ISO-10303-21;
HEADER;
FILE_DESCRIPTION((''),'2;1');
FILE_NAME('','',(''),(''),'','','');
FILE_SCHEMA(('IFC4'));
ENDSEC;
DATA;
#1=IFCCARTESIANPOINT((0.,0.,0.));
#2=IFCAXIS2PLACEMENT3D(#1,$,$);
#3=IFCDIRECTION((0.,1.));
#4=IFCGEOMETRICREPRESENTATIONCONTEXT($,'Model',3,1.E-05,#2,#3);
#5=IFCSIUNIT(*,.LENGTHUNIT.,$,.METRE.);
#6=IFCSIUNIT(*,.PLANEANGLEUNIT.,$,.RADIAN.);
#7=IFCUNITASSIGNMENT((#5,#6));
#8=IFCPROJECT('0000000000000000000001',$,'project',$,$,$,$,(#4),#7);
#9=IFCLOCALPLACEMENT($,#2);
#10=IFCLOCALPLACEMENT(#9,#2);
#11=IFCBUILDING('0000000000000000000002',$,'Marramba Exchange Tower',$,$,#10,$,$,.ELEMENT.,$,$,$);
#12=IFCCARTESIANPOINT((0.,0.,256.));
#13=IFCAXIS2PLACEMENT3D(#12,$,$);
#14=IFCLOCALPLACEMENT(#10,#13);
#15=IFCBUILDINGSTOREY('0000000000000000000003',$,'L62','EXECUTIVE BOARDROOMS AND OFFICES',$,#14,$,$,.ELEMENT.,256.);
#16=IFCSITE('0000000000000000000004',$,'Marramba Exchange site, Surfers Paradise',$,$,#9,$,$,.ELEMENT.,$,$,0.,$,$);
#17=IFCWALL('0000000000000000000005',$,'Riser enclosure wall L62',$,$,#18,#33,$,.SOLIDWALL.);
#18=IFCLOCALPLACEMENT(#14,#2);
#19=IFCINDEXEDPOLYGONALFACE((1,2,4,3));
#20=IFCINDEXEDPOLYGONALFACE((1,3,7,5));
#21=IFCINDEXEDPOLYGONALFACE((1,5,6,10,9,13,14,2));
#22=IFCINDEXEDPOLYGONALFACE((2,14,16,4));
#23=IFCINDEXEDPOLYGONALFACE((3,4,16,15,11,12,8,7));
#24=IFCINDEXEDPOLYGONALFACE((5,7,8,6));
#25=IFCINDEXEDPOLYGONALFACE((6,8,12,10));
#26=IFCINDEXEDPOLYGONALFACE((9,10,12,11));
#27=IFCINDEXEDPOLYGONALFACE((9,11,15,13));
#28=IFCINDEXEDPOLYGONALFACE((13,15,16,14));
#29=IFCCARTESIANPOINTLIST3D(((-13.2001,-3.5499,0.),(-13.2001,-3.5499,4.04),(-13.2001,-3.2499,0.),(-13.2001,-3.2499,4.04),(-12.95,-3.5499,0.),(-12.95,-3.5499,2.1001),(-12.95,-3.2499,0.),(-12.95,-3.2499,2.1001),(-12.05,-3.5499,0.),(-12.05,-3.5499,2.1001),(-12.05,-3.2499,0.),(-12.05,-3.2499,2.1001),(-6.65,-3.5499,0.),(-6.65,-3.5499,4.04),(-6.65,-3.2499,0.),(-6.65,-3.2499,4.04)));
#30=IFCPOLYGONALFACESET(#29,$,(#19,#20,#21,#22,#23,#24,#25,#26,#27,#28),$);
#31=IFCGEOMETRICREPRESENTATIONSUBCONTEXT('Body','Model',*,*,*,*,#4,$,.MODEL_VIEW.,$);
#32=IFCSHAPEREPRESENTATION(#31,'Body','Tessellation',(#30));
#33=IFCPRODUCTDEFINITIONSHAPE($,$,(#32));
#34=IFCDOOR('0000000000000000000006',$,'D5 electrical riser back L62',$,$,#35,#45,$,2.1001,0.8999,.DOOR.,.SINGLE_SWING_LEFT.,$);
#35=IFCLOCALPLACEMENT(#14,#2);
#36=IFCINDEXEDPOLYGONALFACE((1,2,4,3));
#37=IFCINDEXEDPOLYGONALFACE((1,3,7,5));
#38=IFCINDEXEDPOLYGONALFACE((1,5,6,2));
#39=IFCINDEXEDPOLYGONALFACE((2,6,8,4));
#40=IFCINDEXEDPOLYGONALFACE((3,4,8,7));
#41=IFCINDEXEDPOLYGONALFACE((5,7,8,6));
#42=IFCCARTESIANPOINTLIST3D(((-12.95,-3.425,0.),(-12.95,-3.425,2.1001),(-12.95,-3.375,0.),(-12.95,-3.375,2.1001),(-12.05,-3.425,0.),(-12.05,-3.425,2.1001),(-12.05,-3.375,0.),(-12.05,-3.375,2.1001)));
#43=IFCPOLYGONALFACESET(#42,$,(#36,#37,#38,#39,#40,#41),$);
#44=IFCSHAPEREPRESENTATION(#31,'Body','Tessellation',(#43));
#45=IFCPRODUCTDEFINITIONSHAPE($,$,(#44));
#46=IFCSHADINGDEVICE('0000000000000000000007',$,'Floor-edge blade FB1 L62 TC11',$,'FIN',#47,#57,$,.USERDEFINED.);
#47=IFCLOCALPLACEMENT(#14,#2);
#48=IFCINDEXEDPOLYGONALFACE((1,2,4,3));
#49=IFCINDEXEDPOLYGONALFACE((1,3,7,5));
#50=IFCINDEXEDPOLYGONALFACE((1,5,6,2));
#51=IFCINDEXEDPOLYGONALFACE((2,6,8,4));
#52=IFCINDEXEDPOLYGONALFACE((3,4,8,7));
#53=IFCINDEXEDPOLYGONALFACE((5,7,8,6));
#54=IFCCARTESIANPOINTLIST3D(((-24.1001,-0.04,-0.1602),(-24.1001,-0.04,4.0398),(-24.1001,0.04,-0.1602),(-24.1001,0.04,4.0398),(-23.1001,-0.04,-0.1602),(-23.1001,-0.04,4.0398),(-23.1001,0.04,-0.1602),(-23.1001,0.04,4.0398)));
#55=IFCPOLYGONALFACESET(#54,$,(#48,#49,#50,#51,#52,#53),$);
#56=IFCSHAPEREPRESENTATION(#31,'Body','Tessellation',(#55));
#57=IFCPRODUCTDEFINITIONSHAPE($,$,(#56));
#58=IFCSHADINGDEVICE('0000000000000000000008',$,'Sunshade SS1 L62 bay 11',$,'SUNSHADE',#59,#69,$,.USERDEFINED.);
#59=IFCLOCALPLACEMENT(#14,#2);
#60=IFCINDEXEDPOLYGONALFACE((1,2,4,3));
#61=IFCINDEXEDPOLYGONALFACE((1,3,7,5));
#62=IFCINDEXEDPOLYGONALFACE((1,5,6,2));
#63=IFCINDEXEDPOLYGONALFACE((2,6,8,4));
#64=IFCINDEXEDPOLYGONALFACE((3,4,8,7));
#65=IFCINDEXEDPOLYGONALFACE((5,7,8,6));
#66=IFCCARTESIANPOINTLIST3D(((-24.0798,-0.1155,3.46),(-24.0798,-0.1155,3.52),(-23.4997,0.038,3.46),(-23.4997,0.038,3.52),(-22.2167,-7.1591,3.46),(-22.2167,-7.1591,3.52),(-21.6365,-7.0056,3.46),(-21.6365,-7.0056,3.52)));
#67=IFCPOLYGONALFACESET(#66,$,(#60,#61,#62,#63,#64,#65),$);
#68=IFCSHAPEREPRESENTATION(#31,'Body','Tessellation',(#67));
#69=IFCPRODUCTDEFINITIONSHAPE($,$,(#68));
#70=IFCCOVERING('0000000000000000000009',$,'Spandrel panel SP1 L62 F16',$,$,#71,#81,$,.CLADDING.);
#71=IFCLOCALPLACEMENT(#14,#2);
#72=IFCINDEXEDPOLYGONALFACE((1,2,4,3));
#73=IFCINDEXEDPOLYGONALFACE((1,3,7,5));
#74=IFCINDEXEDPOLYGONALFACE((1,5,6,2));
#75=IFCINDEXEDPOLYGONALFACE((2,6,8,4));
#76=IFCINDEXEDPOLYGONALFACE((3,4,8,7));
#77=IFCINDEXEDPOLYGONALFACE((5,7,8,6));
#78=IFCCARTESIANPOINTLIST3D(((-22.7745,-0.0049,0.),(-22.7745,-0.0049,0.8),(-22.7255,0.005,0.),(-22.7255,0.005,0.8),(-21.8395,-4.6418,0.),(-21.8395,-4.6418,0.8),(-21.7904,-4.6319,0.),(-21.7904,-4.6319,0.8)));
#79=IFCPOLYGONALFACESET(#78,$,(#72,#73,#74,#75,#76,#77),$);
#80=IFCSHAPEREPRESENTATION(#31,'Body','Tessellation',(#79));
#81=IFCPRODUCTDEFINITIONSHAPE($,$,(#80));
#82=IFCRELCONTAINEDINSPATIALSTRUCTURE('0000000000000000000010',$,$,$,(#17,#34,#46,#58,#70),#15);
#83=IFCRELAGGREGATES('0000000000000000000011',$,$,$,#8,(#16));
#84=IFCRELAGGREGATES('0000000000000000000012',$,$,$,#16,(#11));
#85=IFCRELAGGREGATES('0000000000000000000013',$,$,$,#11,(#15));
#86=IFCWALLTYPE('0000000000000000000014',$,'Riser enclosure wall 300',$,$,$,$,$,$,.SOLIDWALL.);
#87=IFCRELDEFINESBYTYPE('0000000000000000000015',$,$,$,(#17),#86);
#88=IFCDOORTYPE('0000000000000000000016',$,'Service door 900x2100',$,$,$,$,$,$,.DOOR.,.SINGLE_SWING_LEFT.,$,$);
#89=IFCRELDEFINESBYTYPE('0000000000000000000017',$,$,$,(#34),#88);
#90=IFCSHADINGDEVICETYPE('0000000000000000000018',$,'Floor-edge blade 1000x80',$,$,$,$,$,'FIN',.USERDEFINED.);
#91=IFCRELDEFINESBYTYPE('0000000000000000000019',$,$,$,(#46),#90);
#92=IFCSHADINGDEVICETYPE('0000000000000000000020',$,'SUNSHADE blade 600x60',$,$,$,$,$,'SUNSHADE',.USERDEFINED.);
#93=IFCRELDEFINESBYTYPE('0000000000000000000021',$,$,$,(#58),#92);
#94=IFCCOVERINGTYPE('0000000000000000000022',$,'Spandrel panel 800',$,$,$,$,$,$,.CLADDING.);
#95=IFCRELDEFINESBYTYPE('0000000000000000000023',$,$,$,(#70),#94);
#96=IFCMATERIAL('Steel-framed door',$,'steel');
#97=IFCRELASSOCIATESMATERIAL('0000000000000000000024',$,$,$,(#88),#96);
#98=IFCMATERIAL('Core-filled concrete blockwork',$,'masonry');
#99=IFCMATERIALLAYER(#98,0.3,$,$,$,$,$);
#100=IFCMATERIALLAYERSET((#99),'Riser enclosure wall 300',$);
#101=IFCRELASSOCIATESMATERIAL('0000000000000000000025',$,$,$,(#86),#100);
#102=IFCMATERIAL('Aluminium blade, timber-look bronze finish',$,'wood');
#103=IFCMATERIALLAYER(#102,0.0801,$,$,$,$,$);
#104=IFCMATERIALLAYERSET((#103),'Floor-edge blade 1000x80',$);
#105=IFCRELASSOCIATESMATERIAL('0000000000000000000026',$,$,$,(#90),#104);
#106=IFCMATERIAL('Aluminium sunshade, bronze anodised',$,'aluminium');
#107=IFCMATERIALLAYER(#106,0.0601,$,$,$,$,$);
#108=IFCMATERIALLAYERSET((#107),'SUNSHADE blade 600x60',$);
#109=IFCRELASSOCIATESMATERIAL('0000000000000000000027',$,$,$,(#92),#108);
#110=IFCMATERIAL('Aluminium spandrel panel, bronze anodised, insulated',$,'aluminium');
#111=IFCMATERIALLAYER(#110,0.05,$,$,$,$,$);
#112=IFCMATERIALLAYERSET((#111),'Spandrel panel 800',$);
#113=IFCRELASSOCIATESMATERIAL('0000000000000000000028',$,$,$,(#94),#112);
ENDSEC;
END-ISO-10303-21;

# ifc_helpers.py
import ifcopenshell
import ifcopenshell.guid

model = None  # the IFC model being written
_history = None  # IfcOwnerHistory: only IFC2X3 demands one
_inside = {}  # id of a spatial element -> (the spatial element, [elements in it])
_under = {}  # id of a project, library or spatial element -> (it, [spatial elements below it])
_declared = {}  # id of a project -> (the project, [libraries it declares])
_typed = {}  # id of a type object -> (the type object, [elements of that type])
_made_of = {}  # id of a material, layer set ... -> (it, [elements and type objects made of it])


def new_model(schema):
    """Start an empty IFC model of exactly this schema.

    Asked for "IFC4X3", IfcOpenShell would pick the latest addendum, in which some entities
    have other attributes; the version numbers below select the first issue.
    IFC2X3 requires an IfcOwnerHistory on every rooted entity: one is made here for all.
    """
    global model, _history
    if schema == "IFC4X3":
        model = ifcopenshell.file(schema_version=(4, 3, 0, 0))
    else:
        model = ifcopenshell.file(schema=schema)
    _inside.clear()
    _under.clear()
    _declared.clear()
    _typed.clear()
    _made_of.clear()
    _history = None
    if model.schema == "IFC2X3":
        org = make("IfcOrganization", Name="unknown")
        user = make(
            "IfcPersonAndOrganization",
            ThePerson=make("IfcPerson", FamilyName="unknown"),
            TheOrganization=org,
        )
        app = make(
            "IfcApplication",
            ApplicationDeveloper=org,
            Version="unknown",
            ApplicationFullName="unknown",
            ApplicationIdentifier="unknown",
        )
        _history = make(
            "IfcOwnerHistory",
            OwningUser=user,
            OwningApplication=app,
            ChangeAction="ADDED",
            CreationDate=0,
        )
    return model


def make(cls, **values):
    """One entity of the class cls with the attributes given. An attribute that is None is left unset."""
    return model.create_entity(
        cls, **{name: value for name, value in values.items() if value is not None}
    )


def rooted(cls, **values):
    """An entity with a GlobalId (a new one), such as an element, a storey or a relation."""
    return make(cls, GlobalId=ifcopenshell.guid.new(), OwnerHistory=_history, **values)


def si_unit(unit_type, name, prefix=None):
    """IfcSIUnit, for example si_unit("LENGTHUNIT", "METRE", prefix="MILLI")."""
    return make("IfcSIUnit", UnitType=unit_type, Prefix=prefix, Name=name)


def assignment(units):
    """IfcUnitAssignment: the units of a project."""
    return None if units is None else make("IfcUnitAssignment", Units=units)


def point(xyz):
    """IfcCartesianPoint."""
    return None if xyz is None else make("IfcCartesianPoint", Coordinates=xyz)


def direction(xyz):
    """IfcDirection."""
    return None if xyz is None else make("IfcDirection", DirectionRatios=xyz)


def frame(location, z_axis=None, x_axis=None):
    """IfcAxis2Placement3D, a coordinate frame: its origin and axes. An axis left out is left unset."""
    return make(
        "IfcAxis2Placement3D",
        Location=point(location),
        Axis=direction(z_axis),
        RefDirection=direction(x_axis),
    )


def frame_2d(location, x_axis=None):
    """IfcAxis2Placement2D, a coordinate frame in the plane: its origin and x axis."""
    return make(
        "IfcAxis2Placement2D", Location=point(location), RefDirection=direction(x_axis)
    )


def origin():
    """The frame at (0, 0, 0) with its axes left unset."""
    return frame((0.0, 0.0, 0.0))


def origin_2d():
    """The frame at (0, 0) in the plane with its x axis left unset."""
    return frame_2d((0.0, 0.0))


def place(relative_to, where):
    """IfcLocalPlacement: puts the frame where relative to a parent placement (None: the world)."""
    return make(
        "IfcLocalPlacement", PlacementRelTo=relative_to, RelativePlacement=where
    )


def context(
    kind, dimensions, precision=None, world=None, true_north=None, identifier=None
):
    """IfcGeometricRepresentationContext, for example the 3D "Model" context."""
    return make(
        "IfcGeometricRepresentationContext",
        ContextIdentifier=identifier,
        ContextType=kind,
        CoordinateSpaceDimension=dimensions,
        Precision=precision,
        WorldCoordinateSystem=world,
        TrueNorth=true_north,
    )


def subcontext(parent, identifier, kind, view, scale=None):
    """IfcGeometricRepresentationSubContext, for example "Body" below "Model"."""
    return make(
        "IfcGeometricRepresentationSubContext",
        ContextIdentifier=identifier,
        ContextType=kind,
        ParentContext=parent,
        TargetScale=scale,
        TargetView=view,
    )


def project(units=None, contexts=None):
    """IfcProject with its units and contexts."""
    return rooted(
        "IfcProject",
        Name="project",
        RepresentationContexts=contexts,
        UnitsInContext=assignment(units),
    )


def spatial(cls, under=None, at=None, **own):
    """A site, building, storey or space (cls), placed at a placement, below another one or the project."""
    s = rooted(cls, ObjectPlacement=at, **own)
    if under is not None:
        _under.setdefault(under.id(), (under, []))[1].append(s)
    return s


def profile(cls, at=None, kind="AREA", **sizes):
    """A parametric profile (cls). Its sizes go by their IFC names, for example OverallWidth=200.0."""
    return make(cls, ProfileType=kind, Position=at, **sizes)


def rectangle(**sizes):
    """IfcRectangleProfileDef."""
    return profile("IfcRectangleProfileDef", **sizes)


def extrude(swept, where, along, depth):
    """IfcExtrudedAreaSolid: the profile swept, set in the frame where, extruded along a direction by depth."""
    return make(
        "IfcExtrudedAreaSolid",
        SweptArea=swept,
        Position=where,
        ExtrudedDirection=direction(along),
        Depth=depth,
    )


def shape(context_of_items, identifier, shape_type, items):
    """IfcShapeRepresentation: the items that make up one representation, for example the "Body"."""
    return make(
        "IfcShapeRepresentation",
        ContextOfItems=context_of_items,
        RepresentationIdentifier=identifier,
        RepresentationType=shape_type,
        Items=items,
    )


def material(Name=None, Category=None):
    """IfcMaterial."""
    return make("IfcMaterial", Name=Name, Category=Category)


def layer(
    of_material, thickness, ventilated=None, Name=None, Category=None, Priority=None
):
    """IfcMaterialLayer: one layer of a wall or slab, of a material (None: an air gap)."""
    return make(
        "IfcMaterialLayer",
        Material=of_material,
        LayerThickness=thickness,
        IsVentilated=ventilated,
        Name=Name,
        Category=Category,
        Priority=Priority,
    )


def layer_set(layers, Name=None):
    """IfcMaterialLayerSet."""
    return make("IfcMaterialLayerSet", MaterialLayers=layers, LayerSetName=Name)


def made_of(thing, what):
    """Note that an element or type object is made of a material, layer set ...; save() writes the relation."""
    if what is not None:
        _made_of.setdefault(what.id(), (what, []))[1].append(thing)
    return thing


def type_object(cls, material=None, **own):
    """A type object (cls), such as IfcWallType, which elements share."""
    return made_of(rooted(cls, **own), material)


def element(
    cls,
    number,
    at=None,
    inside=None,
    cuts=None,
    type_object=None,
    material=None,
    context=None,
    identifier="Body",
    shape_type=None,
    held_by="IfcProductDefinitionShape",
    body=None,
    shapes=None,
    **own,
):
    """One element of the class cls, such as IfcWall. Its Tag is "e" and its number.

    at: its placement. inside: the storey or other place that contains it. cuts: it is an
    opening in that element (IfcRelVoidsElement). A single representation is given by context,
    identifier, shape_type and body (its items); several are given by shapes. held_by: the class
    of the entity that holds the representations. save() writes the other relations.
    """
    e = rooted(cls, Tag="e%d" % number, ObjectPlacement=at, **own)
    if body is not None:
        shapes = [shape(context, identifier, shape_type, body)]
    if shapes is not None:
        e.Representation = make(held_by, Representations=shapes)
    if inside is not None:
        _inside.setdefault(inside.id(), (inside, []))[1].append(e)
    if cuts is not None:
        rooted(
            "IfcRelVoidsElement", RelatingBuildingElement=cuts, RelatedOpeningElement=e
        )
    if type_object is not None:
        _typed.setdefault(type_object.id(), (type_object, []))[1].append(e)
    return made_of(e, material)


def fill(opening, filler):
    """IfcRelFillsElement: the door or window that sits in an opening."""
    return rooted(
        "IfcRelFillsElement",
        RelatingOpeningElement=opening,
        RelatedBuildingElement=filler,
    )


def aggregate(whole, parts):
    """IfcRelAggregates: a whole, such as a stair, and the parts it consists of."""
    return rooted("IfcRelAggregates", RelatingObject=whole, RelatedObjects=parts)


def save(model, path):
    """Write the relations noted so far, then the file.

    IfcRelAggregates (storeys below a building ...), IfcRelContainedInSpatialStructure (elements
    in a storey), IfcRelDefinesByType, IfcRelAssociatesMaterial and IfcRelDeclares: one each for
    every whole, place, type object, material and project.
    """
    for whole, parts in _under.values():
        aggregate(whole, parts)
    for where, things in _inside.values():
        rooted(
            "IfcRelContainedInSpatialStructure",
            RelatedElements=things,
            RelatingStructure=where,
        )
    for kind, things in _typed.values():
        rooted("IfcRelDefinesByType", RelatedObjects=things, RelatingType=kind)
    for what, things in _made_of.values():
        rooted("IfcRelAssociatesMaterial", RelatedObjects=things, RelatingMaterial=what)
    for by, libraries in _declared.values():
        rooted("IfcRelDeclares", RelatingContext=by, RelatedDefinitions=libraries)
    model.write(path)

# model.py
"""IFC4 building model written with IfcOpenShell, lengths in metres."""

from ifc_helpers import new_model, si_unit, direction, frame, frame_2d, origin, origin_2d, place, context, subcontext, project, spatial, rectangle, extrude, material, layer, layer_set, type_object, element, fill, save


model = new_model("IFC4")

# Units and contexts
model_context = context("Model", 3, precision=1e-05, world=origin(), true_north=direction((0.0, 1.0)))
body_context = subcontext(model_context, "Body", "Model", "MODEL_VIEW")
ifc_project = project(units=[si_unit("LENGTHUNIT", "METRE"), si_unit("PLANEANGLEUNIT", "RADIAN")], contexts=[model_context])

# Site, building, storey
site_placement = place(None, origin())
site = spatial("IfcSite", under=ifc_project, at=site_placement, Name="Marramba Exchange site, Surfers Paradise", CompositionType="ELEMENT", RefElevation=0.0)
building_placement = place(site_placement, origin())
building = spatial("IfcBuilding", under=site, at=building_placement, Name="Marramba Exchange Tower", CompositionType="ELEMENT")
storey_placement = place(building_placement, frame((0.0, 0.0, 256.0)))
storey = spatial("IfcBuildingStorey", under=building, at=storey_placement, Name="L62", Description="EXECUTIVE BOARDROOMS AND OFFICES", CompositionType="ELEMENT", Elevation=256.0)

# Shared definitions
ifc_material_1 = material(Name="Steel-framed door", Category="steel")
door_type_1 = type_object("IfcDoorType", Name="Service door 900x2100", OperationType="SINGLE_SWING_LEFT", PredefinedType="DOOR", material=ifc_material_1)

# Wall, opening, door
ifc_material_2 = material(Name="Core-filled concrete blockwork", Category="masonry")
ifc_layer_1 = layer(ifc_material_2, 0.3)
ifc_layer_set_1 = layer_set([ifc_layer_1], Name="Riser enclosure wall 300")
wall_type_1 = type_object("IfcWallType", Name="Riser enclosure wall 300", PredefinedType="SOLIDWALL", material=ifc_layer_set_1)
wall_1_placement = place(storey_placement, frame((-13.2, -3.3999, 0.0), z_axis=(0.0, 0.0, 1.0), x_axis=(1.0, 0.0, 0.0)))
wall_1 = element("IfcWall", 1, at=wall_1_placement, inside=storey, type_object=wall_type_1, Name="Riser enclosure wall L62", PredefinedType="SOLIDWALL", context=body_context, shape_type="SweptSolid", body=[
    extrude(rectangle(XDim=6.55, YDim=0.3, at=frame_2d((3.2749, 0.0))), origin(), (0.0, 0.0, 1.0), 4.04),
])
opening_1_placement = place(wall_1_placement, frame((0.25, 0.0, 0.0)))
opening_1 = element("IfcOpeningElement", 2, at=opening_1_placement, cuts=wall_1, PredefinedType="OPENING", context=body_context, shape_type="SweptSolid", body=[
    extrude(rectangle(XDim=0.8999, YDim=2.1001, at=frame_2d((0.45, 1.05))), frame((0.0, 0.1599, 0.0), z_axis=(0.0, -1.0, 0.0), x_axis=(1.0, 0.0, 0.0)), (0.0, 0.0, 1.0), 0.3201),
])
door_1_placement = place(opening_1_placement, origin())
door_1 = element("IfcDoor", 3, at=door_1_placement, inside=storey, type_object=door_type_1, Name="D5 electrical riser back L62", OperationType="SINGLE_SWING_LEFT", OverallHeight=2.1001, OverallWidth=0.8999, PredefinedType="DOOR", context=body_context, shape_type="SweptSolid", body=[
    extrude(rectangle(XDim=0.8999, YDim=2.1001, at=frame_2d((0.45, 1.05))), frame((0.0, 0.0249, 0.0), z_axis=(0.0, -1.0, 0.0), x_axis=(1.0, 0.0, 0.0)), (0.0, 0.0, 1.0), 0.05),
])
fill(opening_1, door_1)

# Shading devices
ifc_material_3 = material(Name="Aluminium blade, timber-look bronze finish", Category="wood")
ifc_layer_2 = layer(ifc_material_3, 0.0801)
ifc_layer_set_2 = layer_set([ifc_layer_2], Name="Floor-edge blade 1000x80")
shading_device_type_1 = type_object("IfcShadingDeviceType", Name="Floor-edge blade 1000x80", ElementType="FIN", PredefinedType="USERDEFINED", material=ifc_layer_set_2)
shading_device_1_placement = place(storey_placement, frame((-23.6001, 0.0, -0.1602), z_axis=(0.0, 0.0, 1.0), x_axis=(-1.0, 0.0, 0.0)))
element("IfcShadingDevice", 4, at=shading_device_1_placement, inside=storey, type_object=shading_device_type_1, Name="Floor-edge blade FB1 L62 TC11", ObjectType="FIN", PredefinedType="USERDEFINED", context=body_context, shape_type="SweptSolid", body=[
    extrude(rectangle(XDim=1.0, YDim=0.0801, at=origin_2d()), origin(), (0.0, 0.0, 1.0), 4.2),
])
ifc_material_4 = material(Name="Aluminium sunshade, bronze anodised", Category="aluminium")
ifc_layer_3 = layer(ifc_material_4, 0.0601)
ifc_layer_set_3 = layer_set([ifc_layer_3], Name="SUNSHADE blade 600x60")
shading_device_type_2 = type_object("IfcShadingDeviceType", Name="SUNSHADE blade 600x60", ElementType="SUNSHADE", PredefinedType="USERDEFINED", material=ifc_layer_set_3)
shading_device_2_placement = place(storey_placement, frame((-22.8582, -3.5605, 3.46), z_axis=(0.0, 0.0, 1.0), x_axis=(0.255719, -0.966751, 0.0)))
element("IfcShadingDevice", 5, at=shading_device_2_placement, inside=storey, type_object=shading_device_type_2, Name="Sunshade SS1 L62 bay 11", ObjectType="SUNSHADE", PredefinedType="USERDEFINED", context=body_context, shape_type="SweptSolid", body=[
    extrude(rectangle(XDim=7.2859, YDim=0.6001, at=origin_2d()), origin(), (0.0, 0.0, 1.0), 0.0601),
])

# Covering
ifc_material_5 = material(Name="Aluminium spandrel panel, bronze anodised, insulated", Category="aluminium")
ifc_layer_4 = layer(ifc_material_5, 0.05)
ifc_layer_set_4 = layer_set([ifc_layer_4], Name="Spandrel panel 800")
covering_type = type_object("IfcCoveringType", Name="Spandrel panel 800", PredefinedType="CLADDING", material=ifc_layer_set_4)
covering_placement = place(storey_placement, frame((-22.2825, -2.3184, 0.0), z_axis=(0.0, 0.0, 1.0), x_axis=(0.197671, -0.980269, 0.0)))
element("IfcCovering", 6, at=covering_placement, inside=storey, type_object=covering_type, Name="Spandrel panel SP1 L62 F16", PredefinedType="CLADDING", context=body_context, shape_type="SweptSolid", body=[
    extrude(rectangle(XDim=4.7302, YDim=0.05, at=origin_2d()), origin(), (0.0, 0.0, 1.0), 0.8),
])

save(model, "model.ifc")
